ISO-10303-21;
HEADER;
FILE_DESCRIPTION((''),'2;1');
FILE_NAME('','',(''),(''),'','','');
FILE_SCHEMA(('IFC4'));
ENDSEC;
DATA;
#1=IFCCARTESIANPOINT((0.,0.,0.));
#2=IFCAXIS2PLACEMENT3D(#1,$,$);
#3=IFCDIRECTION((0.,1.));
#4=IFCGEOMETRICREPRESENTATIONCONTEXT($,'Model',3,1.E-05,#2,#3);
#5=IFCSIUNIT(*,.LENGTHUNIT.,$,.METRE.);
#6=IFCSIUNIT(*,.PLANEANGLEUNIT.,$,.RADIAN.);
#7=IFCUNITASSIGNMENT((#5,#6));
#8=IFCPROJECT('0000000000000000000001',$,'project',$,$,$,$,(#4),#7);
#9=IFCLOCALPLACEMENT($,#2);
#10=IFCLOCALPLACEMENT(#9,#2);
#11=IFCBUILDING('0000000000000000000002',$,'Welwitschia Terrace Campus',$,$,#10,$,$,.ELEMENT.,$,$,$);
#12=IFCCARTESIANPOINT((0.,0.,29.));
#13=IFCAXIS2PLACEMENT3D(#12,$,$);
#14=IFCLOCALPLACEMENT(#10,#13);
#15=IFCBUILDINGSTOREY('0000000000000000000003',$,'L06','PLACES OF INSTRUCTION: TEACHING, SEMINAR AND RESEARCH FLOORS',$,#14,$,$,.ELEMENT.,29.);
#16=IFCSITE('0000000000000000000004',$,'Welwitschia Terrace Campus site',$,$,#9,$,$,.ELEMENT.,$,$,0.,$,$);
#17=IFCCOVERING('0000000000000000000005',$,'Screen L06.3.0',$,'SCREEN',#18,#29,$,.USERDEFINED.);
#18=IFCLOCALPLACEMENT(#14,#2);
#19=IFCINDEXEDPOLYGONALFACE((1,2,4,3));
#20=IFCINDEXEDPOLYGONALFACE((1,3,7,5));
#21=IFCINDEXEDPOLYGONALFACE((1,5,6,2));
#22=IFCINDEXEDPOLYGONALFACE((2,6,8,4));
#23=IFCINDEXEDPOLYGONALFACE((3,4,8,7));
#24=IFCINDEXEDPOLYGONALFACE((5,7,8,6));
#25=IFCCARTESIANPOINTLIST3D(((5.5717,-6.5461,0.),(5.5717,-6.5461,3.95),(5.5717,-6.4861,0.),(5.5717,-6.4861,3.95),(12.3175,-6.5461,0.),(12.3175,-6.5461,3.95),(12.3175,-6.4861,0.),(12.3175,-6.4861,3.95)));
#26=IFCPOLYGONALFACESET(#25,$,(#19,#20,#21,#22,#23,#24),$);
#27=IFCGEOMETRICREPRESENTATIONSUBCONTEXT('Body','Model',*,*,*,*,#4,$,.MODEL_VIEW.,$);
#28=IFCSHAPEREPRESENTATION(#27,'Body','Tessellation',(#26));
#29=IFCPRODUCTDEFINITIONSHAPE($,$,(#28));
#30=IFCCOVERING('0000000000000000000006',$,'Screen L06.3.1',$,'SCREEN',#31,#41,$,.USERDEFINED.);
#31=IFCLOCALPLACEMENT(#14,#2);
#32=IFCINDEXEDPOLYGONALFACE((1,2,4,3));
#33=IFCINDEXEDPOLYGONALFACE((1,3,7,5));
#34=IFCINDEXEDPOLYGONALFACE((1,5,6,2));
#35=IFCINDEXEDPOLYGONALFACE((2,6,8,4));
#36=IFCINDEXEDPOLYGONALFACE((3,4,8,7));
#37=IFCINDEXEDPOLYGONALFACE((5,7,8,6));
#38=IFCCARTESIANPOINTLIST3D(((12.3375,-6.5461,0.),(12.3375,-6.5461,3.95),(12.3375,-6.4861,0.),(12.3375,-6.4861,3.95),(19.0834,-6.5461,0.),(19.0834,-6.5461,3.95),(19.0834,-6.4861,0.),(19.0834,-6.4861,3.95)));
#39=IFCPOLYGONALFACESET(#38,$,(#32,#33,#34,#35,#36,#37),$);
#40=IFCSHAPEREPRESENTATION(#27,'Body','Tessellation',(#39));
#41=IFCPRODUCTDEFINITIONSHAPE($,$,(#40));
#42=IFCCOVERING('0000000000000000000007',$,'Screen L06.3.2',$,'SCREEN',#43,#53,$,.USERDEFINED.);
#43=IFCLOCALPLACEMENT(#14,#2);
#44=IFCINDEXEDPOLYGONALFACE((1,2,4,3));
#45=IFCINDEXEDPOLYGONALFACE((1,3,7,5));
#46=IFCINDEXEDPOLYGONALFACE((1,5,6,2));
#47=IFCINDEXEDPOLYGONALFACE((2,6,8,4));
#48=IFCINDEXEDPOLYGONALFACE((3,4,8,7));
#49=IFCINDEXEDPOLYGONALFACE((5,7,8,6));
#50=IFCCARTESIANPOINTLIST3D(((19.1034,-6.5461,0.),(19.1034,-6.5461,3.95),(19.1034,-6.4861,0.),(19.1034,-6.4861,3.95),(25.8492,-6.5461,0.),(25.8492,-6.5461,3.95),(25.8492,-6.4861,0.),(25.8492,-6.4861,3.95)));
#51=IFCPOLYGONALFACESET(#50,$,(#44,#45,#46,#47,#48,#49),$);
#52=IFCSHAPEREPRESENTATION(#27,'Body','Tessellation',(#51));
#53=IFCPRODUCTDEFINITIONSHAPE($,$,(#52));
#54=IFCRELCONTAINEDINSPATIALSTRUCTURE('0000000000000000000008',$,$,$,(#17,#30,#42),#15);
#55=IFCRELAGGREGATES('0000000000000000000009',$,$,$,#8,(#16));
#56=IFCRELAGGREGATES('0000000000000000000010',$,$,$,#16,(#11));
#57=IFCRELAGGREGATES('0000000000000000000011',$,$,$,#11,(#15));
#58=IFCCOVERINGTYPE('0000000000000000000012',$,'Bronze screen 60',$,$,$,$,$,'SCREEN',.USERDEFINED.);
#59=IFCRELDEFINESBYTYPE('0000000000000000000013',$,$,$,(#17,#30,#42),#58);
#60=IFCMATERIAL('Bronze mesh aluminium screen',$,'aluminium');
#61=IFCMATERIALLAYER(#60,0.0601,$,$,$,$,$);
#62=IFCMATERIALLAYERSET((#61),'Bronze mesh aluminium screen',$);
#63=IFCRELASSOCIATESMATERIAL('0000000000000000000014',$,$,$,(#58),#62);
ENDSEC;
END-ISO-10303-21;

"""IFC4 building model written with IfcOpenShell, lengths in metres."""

from ifc_helpers import new_model, si_unit, direction, frame, origin, origin_2d, place, context, subcontext, project, spatial, rectangle, extrude, material, layer, layer_set, type_object, element, save


model = new_model("IFC4")

# Units and contexts
model_context = context("Model", 3, precision=1e-05, world=origin(), true_north=direction((0.0, 1.0)))
body_context = subcontext(model_context, "Body", "Model", "MODEL_VIEW")
ifc_project = project(units=[si_unit("LENGTHUNIT", "METRE"), si_unit("PLANEANGLEUNIT", "RADIAN")], contexts=[model_context])

# Site, building, storey
site_placement = place(None, origin())
site = spatial("IfcSite", under=ifc_project, at=site_placement, Name="Welwitschia Terrace Campus site", CompositionType="ELEMENT", RefElevation=0.0)
building_placement = place(site_placement, origin())
building = spatial("IfcBuilding", under=site, at=building_placement, Name="Welwitschia Terrace Campus", CompositionType="ELEMENT")
storey_placement = place(building_placement, frame((0.0, 0.0, 29.0)))
storey = spatial("IfcBuildingStorey", under=building, at=storey_placement, Name="L06", Description="PLACES OF INSTRUCTION: TEACHING, SEMINAR AND RESEARCH FLOORS", CompositionType="ELEMENT", Elevation=29.0)

# Coverings
ifc_material_1 = material(Name="Bronze mesh aluminium screen", Category="aluminium")
ifc_layer_1 = layer(ifc_material_1, 0.0601)
ifc_layer_set_1 = layer_set([ifc_layer_1], Name="Bronze mesh aluminium screen")
covering_type = type_object("IfcCoveringType", Name="Bronze screen 60", ElementType="SCREEN", PredefinedType="USERDEFINED", material=ifc_layer_set_1)
for number, where, z_axis, x_axis, name in (
    (1, (8.9446, -6.5161, 0.0), (0.0, 0.0, 1.0), (1.0, 0.0, 0.0), "Screen L06.3.0"),
    (2, (15.7104, -6.5161, 0.0), (0.0, 0.0, 1.0), (1.0, 0.0, 0.0), "Screen L06.3.1"),
    (3, (22.4763, -6.5161, 0.0), (0.0, 0.0, 1.0), (1.0, 0.0, 0.0), "Screen L06.3.2"),
):
    element("IfcCovering", number, at=place(storey_placement, frame(where, z_axis=z_axis, x_axis=x_axis)), inside=storey, type_object=covering_type, Name=name, ObjectType="SCREEN", PredefinedType="USERDEFINED", context=body_context, shape_type="SweptSolid", body=[
        extrude(rectangle(XDim=6.7458, YDim=0.0601, at=origin_2d()), origin(), (0.0, 0.0, 1.0), 3.95),
    ])

save(model, "model.ifc")
